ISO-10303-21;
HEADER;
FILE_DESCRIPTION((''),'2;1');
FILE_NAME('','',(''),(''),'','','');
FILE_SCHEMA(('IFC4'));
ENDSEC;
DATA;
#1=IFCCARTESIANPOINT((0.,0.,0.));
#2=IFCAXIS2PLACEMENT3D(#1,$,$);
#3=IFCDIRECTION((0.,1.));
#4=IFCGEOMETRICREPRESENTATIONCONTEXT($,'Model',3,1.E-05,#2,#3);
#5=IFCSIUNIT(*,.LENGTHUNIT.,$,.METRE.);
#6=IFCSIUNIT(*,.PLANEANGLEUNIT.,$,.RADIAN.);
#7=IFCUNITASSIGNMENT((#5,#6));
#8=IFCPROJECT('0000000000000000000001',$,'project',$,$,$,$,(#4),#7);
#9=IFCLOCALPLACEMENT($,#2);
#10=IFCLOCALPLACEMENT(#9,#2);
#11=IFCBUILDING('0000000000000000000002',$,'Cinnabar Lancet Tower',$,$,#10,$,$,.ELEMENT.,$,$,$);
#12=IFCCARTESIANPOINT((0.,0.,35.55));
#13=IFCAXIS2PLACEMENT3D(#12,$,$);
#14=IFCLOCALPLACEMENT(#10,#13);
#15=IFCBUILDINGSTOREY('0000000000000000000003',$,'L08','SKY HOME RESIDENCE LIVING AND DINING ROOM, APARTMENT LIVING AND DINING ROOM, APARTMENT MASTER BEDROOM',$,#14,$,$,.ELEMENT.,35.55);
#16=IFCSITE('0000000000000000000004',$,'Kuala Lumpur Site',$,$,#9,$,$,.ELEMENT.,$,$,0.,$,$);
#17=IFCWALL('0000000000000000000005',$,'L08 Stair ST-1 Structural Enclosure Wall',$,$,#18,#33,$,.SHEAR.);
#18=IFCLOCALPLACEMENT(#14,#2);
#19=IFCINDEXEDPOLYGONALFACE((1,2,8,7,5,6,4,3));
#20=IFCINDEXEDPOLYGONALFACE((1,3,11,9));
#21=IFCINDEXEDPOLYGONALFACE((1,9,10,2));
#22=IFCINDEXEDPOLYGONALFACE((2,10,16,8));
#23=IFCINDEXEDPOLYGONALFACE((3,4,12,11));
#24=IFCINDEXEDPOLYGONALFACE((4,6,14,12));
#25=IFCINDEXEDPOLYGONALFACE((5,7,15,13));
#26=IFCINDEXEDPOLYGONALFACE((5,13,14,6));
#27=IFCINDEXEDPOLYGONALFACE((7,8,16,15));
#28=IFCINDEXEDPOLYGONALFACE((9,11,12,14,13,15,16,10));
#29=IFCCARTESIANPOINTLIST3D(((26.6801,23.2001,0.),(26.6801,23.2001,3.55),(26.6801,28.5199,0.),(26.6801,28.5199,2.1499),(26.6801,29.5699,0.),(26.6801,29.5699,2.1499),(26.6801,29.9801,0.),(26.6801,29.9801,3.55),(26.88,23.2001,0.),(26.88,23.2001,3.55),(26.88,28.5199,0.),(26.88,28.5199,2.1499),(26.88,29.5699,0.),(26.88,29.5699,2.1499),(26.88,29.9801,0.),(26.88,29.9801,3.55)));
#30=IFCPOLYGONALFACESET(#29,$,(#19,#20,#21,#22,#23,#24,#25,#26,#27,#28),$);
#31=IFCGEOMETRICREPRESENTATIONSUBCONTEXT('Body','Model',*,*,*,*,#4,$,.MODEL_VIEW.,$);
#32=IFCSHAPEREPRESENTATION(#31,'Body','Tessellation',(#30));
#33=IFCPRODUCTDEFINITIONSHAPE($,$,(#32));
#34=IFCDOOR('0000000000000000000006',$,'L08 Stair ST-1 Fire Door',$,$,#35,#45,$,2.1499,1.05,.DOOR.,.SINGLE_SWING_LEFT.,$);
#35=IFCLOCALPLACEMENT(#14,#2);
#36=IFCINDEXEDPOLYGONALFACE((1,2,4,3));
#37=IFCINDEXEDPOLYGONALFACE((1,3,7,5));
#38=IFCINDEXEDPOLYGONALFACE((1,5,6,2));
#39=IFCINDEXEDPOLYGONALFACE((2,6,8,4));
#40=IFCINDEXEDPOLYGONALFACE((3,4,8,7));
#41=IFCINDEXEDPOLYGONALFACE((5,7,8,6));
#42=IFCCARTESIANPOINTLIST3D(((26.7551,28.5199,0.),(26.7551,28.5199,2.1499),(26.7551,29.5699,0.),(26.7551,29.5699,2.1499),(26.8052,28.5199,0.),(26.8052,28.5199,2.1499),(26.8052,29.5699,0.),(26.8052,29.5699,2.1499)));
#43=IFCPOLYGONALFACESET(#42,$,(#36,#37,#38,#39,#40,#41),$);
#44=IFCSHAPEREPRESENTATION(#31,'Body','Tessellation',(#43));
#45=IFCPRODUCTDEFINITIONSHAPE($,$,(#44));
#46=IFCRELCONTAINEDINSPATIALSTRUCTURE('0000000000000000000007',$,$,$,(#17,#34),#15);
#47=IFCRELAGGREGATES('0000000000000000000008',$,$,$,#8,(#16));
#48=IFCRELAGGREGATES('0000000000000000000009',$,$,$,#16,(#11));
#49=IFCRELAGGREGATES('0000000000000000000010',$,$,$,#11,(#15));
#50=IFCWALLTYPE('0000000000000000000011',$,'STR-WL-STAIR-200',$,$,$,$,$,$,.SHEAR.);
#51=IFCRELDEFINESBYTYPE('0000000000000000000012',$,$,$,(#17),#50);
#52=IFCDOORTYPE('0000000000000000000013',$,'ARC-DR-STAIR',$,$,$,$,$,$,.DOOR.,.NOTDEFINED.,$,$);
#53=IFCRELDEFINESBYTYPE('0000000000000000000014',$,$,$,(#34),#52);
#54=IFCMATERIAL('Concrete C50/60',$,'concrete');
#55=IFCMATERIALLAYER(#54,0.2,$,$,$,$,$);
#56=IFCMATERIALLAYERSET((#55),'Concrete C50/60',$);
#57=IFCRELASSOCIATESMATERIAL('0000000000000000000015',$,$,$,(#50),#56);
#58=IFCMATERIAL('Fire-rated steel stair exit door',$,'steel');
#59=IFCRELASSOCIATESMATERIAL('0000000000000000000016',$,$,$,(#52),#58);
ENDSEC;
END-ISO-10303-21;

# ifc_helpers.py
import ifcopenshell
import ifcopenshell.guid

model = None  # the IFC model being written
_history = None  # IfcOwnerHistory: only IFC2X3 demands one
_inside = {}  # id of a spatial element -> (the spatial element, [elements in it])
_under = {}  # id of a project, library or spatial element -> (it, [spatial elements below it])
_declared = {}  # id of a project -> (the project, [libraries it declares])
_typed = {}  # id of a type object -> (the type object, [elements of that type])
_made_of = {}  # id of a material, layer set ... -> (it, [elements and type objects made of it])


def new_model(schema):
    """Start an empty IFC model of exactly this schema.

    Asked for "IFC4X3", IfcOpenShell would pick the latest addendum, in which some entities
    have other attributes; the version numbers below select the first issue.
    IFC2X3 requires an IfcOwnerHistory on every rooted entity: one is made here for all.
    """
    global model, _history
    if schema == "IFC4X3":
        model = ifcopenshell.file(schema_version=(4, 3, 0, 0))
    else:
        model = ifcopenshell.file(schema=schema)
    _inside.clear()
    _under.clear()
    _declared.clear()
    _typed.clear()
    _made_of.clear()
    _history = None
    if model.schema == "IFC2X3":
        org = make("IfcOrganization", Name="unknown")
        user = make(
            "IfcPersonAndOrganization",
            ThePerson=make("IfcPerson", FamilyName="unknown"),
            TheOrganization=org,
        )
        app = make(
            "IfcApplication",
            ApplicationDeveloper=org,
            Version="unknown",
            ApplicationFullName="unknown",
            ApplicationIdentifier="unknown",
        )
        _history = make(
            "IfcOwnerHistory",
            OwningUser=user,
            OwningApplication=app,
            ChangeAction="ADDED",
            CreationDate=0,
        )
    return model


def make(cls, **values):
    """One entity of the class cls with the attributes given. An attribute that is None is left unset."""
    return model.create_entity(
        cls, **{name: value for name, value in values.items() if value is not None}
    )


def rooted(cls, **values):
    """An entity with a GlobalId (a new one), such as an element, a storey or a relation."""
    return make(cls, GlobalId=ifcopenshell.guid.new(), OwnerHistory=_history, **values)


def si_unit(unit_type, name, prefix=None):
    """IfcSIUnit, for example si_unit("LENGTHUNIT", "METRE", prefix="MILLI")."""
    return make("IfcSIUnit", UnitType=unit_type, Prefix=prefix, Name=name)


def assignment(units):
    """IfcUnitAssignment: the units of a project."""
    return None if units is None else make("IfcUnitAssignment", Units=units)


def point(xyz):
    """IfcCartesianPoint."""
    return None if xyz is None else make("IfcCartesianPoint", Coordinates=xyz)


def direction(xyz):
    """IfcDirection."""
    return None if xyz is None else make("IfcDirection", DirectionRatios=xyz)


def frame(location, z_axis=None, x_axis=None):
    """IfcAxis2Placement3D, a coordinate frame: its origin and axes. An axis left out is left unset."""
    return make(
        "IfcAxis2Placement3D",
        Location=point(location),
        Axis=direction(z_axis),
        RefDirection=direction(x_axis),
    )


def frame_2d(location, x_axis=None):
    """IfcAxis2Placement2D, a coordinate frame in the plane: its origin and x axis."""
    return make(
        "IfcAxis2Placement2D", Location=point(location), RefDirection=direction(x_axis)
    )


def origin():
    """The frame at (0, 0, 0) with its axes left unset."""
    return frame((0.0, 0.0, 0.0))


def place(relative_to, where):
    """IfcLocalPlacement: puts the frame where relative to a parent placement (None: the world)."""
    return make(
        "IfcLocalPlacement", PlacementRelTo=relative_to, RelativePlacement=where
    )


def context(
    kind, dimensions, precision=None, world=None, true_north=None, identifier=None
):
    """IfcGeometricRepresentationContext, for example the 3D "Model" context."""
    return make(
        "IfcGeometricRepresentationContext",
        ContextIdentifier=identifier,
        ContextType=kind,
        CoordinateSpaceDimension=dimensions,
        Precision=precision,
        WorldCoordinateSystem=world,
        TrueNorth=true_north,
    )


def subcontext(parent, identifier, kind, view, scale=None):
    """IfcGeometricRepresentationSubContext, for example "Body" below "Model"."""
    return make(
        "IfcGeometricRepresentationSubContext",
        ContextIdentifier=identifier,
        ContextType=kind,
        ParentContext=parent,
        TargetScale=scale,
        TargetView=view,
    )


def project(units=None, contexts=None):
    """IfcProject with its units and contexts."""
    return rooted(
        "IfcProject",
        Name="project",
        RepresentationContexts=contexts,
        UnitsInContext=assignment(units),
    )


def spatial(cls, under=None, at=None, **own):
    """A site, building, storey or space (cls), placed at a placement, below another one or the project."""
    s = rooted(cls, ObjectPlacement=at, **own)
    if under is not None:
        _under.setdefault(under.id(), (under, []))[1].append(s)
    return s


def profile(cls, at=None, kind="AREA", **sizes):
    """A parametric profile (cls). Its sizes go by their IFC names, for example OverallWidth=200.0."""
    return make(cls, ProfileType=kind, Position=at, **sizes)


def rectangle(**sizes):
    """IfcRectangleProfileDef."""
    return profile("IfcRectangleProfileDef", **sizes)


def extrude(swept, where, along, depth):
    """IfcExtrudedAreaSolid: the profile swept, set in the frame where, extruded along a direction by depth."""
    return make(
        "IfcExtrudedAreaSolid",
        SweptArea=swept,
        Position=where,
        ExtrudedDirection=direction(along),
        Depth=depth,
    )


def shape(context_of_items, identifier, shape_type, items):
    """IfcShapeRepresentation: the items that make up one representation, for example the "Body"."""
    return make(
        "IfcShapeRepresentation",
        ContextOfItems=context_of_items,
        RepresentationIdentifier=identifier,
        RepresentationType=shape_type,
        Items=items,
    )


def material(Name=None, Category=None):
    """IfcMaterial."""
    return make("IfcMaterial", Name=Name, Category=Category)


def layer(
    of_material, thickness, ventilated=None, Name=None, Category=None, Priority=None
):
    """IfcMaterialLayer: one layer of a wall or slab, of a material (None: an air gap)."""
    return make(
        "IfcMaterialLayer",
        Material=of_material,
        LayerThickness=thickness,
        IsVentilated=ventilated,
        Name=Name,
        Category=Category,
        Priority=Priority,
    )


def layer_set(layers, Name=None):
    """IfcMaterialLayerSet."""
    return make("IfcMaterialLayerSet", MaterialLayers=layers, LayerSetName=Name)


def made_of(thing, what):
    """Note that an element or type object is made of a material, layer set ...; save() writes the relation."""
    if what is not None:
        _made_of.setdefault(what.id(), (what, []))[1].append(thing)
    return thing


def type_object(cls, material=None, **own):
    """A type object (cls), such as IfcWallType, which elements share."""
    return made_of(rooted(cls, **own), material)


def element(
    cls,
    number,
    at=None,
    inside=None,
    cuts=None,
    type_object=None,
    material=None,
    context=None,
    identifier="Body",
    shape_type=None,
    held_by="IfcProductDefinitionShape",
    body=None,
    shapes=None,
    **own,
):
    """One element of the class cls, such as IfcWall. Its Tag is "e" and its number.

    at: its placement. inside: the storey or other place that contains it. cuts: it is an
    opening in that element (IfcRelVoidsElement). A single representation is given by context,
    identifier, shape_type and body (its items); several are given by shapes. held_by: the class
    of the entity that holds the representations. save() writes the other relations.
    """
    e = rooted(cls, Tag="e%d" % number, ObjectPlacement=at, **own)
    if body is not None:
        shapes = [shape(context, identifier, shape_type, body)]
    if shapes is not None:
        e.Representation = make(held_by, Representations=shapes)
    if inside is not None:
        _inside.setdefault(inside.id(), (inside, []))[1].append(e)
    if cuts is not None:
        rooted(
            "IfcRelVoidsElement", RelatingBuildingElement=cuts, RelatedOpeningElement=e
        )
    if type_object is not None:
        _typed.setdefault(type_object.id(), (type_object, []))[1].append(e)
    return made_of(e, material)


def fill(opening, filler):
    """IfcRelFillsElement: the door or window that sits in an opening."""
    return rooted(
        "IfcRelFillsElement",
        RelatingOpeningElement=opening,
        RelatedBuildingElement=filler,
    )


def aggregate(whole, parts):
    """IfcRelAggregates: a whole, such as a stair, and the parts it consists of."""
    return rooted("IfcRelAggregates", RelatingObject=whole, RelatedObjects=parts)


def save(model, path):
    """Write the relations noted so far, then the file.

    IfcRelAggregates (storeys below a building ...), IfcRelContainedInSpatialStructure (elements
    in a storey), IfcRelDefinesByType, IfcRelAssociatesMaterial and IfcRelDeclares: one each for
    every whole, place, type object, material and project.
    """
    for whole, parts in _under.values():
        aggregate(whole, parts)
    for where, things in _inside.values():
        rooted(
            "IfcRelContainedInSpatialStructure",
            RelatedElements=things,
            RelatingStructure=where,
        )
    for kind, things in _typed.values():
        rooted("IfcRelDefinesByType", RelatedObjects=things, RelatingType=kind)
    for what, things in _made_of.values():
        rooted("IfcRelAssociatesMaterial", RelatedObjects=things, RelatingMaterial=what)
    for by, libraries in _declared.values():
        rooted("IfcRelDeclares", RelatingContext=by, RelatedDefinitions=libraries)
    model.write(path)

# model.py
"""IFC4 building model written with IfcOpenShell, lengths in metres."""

from ifc_helpers import new_model, si_unit, direction, frame, frame_2d, origin, place, context, subcontext, project, spatial, rectangle, extrude, material, layer, layer_set, type_object, element, fill, save


model = new_model("IFC4")

# Units and contexts
model_context = context("Model", 3, precision=1e-05, world=origin(), true_north=direction((0.0, 1.0)))
body_context = subcontext(model_context, "Body", "Model", "MODEL_VIEW")
ifc_project = project(units=[si_unit("LENGTHUNIT", "METRE"), si_unit("PLANEANGLEUNIT", "RADIAN")], contexts=[model_context])

# Site, building, storey
site_placement = place(None, origin())
site = spatial("IfcSite", under=ifc_project, at=site_placement, Name="Kuala Lumpur Site", CompositionType="ELEMENT", RefElevation=0.0)
building_placement = place(site_placement, origin())
building = spatial("IfcBuilding", under=site, at=building_placement, Name="Cinnabar Lancet Tower", CompositionType="ELEMENT")
storey_placement = place(building_placement, frame((0.0, 0.0, 35.55)))
storey = spatial("IfcBuildingStorey", under=building, at=storey_placement, Name="L08", Description="SKY HOME RESIDENCE LIVING AND DINING ROOM, APARTMENT LIVING AND DINING ROOM, APARTMENT MASTER BEDROOM", CompositionType="ELEMENT", Elevation=35.55)

# Wall, opening, door
ifc_material_1 = material(Name="Concrete C50/60", Category="concrete")
ifc_layer_1 = layer(ifc_material_1, 0.2)
ifc_layer_set_1 = layer_set([ifc_layer_1], Name="Concrete C50/60")
wall_type_1 = type_object("IfcWallType", Name="STR-WL-STAIR-200", PredefinedType="SHEAR", material=ifc_layer_set_1)
wall_1_placement = place(storey_placement, frame((26.78, 23.2, 0.0), z_axis=(0.0, 0.0, 1.0), x_axis=(0.0, 1.0, 0.0)))
wall_1 = element("IfcWall", 1, at=wall_1_placement, inside=storey, type_object=wall_type_1, Name="L08 Stair ST-1 Structural Enclosure Wall", PredefinedType="SHEAR", context=body_context, shape_type="SweptSolid", body=[
    extrude(rectangle(XDim=6.78, YDim=0.2, at=frame_2d((3.3901, 0.0))), origin(), (0.0, 0.0, 1.0), 3.55),
])
opening_1_placement = place(wall_1_placement, frame((5.3201, 0.0, 0.0)))
opening_1 = element("IfcOpeningElement", 2, at=opening_1_placement, cuts=wall_1, PredefinedType="OPENING", context=body_context, shape_type="SweptSolid", body=[
    extrude(rectangle(XDim=1.05, YDim=2.1499, at=frame_2d((0.5249, 1.075))), frame((0.0, 0.1099, 0.0), z_axis=(0.0, -1.0, 0.0), x_axis=(1.0, 0.0, 0.0)), (0.0, 0.0, 1.0), 0.22),
])
ifc_material_2 = material(Name="Fire-rated steel stair exit door", Category="steel")
door_type_1 = type_object("IfcDoorType", Name="ARC-DR-STAIR", OperationType="NOTDEFINED", PredefinedType="DOOR", material=ifc_material_2)
door_1_placement = place(opening_1_placement, origin())
door_1 = element("IfcDoor", 3, at=door_1_placement, inside=storey, type_object=door_type_1, Name="L08 Stair ST-1 Fire Door", OperationType="SINGLE_SWING_LEFT", OverallHeight=2.1499, OverallWidth=1.05, PredefinedType="DOOR", context=body_context, shape_type="SweptSolid", body=[
    extrude(rectangle(XDim=1.05, YDim=2.1499, at=frame_2d((0.5249, 1.075))), frame((0.0, 0.0249, 0.0), z_axis=(0.0, -1.0, 0.0), x_axis=(1.0, 0.0, 0.0)), (0.0, 0.0, 1.0), 0.05),
])
fill(opening_1, door_1)

save(model, "model.ifc")
